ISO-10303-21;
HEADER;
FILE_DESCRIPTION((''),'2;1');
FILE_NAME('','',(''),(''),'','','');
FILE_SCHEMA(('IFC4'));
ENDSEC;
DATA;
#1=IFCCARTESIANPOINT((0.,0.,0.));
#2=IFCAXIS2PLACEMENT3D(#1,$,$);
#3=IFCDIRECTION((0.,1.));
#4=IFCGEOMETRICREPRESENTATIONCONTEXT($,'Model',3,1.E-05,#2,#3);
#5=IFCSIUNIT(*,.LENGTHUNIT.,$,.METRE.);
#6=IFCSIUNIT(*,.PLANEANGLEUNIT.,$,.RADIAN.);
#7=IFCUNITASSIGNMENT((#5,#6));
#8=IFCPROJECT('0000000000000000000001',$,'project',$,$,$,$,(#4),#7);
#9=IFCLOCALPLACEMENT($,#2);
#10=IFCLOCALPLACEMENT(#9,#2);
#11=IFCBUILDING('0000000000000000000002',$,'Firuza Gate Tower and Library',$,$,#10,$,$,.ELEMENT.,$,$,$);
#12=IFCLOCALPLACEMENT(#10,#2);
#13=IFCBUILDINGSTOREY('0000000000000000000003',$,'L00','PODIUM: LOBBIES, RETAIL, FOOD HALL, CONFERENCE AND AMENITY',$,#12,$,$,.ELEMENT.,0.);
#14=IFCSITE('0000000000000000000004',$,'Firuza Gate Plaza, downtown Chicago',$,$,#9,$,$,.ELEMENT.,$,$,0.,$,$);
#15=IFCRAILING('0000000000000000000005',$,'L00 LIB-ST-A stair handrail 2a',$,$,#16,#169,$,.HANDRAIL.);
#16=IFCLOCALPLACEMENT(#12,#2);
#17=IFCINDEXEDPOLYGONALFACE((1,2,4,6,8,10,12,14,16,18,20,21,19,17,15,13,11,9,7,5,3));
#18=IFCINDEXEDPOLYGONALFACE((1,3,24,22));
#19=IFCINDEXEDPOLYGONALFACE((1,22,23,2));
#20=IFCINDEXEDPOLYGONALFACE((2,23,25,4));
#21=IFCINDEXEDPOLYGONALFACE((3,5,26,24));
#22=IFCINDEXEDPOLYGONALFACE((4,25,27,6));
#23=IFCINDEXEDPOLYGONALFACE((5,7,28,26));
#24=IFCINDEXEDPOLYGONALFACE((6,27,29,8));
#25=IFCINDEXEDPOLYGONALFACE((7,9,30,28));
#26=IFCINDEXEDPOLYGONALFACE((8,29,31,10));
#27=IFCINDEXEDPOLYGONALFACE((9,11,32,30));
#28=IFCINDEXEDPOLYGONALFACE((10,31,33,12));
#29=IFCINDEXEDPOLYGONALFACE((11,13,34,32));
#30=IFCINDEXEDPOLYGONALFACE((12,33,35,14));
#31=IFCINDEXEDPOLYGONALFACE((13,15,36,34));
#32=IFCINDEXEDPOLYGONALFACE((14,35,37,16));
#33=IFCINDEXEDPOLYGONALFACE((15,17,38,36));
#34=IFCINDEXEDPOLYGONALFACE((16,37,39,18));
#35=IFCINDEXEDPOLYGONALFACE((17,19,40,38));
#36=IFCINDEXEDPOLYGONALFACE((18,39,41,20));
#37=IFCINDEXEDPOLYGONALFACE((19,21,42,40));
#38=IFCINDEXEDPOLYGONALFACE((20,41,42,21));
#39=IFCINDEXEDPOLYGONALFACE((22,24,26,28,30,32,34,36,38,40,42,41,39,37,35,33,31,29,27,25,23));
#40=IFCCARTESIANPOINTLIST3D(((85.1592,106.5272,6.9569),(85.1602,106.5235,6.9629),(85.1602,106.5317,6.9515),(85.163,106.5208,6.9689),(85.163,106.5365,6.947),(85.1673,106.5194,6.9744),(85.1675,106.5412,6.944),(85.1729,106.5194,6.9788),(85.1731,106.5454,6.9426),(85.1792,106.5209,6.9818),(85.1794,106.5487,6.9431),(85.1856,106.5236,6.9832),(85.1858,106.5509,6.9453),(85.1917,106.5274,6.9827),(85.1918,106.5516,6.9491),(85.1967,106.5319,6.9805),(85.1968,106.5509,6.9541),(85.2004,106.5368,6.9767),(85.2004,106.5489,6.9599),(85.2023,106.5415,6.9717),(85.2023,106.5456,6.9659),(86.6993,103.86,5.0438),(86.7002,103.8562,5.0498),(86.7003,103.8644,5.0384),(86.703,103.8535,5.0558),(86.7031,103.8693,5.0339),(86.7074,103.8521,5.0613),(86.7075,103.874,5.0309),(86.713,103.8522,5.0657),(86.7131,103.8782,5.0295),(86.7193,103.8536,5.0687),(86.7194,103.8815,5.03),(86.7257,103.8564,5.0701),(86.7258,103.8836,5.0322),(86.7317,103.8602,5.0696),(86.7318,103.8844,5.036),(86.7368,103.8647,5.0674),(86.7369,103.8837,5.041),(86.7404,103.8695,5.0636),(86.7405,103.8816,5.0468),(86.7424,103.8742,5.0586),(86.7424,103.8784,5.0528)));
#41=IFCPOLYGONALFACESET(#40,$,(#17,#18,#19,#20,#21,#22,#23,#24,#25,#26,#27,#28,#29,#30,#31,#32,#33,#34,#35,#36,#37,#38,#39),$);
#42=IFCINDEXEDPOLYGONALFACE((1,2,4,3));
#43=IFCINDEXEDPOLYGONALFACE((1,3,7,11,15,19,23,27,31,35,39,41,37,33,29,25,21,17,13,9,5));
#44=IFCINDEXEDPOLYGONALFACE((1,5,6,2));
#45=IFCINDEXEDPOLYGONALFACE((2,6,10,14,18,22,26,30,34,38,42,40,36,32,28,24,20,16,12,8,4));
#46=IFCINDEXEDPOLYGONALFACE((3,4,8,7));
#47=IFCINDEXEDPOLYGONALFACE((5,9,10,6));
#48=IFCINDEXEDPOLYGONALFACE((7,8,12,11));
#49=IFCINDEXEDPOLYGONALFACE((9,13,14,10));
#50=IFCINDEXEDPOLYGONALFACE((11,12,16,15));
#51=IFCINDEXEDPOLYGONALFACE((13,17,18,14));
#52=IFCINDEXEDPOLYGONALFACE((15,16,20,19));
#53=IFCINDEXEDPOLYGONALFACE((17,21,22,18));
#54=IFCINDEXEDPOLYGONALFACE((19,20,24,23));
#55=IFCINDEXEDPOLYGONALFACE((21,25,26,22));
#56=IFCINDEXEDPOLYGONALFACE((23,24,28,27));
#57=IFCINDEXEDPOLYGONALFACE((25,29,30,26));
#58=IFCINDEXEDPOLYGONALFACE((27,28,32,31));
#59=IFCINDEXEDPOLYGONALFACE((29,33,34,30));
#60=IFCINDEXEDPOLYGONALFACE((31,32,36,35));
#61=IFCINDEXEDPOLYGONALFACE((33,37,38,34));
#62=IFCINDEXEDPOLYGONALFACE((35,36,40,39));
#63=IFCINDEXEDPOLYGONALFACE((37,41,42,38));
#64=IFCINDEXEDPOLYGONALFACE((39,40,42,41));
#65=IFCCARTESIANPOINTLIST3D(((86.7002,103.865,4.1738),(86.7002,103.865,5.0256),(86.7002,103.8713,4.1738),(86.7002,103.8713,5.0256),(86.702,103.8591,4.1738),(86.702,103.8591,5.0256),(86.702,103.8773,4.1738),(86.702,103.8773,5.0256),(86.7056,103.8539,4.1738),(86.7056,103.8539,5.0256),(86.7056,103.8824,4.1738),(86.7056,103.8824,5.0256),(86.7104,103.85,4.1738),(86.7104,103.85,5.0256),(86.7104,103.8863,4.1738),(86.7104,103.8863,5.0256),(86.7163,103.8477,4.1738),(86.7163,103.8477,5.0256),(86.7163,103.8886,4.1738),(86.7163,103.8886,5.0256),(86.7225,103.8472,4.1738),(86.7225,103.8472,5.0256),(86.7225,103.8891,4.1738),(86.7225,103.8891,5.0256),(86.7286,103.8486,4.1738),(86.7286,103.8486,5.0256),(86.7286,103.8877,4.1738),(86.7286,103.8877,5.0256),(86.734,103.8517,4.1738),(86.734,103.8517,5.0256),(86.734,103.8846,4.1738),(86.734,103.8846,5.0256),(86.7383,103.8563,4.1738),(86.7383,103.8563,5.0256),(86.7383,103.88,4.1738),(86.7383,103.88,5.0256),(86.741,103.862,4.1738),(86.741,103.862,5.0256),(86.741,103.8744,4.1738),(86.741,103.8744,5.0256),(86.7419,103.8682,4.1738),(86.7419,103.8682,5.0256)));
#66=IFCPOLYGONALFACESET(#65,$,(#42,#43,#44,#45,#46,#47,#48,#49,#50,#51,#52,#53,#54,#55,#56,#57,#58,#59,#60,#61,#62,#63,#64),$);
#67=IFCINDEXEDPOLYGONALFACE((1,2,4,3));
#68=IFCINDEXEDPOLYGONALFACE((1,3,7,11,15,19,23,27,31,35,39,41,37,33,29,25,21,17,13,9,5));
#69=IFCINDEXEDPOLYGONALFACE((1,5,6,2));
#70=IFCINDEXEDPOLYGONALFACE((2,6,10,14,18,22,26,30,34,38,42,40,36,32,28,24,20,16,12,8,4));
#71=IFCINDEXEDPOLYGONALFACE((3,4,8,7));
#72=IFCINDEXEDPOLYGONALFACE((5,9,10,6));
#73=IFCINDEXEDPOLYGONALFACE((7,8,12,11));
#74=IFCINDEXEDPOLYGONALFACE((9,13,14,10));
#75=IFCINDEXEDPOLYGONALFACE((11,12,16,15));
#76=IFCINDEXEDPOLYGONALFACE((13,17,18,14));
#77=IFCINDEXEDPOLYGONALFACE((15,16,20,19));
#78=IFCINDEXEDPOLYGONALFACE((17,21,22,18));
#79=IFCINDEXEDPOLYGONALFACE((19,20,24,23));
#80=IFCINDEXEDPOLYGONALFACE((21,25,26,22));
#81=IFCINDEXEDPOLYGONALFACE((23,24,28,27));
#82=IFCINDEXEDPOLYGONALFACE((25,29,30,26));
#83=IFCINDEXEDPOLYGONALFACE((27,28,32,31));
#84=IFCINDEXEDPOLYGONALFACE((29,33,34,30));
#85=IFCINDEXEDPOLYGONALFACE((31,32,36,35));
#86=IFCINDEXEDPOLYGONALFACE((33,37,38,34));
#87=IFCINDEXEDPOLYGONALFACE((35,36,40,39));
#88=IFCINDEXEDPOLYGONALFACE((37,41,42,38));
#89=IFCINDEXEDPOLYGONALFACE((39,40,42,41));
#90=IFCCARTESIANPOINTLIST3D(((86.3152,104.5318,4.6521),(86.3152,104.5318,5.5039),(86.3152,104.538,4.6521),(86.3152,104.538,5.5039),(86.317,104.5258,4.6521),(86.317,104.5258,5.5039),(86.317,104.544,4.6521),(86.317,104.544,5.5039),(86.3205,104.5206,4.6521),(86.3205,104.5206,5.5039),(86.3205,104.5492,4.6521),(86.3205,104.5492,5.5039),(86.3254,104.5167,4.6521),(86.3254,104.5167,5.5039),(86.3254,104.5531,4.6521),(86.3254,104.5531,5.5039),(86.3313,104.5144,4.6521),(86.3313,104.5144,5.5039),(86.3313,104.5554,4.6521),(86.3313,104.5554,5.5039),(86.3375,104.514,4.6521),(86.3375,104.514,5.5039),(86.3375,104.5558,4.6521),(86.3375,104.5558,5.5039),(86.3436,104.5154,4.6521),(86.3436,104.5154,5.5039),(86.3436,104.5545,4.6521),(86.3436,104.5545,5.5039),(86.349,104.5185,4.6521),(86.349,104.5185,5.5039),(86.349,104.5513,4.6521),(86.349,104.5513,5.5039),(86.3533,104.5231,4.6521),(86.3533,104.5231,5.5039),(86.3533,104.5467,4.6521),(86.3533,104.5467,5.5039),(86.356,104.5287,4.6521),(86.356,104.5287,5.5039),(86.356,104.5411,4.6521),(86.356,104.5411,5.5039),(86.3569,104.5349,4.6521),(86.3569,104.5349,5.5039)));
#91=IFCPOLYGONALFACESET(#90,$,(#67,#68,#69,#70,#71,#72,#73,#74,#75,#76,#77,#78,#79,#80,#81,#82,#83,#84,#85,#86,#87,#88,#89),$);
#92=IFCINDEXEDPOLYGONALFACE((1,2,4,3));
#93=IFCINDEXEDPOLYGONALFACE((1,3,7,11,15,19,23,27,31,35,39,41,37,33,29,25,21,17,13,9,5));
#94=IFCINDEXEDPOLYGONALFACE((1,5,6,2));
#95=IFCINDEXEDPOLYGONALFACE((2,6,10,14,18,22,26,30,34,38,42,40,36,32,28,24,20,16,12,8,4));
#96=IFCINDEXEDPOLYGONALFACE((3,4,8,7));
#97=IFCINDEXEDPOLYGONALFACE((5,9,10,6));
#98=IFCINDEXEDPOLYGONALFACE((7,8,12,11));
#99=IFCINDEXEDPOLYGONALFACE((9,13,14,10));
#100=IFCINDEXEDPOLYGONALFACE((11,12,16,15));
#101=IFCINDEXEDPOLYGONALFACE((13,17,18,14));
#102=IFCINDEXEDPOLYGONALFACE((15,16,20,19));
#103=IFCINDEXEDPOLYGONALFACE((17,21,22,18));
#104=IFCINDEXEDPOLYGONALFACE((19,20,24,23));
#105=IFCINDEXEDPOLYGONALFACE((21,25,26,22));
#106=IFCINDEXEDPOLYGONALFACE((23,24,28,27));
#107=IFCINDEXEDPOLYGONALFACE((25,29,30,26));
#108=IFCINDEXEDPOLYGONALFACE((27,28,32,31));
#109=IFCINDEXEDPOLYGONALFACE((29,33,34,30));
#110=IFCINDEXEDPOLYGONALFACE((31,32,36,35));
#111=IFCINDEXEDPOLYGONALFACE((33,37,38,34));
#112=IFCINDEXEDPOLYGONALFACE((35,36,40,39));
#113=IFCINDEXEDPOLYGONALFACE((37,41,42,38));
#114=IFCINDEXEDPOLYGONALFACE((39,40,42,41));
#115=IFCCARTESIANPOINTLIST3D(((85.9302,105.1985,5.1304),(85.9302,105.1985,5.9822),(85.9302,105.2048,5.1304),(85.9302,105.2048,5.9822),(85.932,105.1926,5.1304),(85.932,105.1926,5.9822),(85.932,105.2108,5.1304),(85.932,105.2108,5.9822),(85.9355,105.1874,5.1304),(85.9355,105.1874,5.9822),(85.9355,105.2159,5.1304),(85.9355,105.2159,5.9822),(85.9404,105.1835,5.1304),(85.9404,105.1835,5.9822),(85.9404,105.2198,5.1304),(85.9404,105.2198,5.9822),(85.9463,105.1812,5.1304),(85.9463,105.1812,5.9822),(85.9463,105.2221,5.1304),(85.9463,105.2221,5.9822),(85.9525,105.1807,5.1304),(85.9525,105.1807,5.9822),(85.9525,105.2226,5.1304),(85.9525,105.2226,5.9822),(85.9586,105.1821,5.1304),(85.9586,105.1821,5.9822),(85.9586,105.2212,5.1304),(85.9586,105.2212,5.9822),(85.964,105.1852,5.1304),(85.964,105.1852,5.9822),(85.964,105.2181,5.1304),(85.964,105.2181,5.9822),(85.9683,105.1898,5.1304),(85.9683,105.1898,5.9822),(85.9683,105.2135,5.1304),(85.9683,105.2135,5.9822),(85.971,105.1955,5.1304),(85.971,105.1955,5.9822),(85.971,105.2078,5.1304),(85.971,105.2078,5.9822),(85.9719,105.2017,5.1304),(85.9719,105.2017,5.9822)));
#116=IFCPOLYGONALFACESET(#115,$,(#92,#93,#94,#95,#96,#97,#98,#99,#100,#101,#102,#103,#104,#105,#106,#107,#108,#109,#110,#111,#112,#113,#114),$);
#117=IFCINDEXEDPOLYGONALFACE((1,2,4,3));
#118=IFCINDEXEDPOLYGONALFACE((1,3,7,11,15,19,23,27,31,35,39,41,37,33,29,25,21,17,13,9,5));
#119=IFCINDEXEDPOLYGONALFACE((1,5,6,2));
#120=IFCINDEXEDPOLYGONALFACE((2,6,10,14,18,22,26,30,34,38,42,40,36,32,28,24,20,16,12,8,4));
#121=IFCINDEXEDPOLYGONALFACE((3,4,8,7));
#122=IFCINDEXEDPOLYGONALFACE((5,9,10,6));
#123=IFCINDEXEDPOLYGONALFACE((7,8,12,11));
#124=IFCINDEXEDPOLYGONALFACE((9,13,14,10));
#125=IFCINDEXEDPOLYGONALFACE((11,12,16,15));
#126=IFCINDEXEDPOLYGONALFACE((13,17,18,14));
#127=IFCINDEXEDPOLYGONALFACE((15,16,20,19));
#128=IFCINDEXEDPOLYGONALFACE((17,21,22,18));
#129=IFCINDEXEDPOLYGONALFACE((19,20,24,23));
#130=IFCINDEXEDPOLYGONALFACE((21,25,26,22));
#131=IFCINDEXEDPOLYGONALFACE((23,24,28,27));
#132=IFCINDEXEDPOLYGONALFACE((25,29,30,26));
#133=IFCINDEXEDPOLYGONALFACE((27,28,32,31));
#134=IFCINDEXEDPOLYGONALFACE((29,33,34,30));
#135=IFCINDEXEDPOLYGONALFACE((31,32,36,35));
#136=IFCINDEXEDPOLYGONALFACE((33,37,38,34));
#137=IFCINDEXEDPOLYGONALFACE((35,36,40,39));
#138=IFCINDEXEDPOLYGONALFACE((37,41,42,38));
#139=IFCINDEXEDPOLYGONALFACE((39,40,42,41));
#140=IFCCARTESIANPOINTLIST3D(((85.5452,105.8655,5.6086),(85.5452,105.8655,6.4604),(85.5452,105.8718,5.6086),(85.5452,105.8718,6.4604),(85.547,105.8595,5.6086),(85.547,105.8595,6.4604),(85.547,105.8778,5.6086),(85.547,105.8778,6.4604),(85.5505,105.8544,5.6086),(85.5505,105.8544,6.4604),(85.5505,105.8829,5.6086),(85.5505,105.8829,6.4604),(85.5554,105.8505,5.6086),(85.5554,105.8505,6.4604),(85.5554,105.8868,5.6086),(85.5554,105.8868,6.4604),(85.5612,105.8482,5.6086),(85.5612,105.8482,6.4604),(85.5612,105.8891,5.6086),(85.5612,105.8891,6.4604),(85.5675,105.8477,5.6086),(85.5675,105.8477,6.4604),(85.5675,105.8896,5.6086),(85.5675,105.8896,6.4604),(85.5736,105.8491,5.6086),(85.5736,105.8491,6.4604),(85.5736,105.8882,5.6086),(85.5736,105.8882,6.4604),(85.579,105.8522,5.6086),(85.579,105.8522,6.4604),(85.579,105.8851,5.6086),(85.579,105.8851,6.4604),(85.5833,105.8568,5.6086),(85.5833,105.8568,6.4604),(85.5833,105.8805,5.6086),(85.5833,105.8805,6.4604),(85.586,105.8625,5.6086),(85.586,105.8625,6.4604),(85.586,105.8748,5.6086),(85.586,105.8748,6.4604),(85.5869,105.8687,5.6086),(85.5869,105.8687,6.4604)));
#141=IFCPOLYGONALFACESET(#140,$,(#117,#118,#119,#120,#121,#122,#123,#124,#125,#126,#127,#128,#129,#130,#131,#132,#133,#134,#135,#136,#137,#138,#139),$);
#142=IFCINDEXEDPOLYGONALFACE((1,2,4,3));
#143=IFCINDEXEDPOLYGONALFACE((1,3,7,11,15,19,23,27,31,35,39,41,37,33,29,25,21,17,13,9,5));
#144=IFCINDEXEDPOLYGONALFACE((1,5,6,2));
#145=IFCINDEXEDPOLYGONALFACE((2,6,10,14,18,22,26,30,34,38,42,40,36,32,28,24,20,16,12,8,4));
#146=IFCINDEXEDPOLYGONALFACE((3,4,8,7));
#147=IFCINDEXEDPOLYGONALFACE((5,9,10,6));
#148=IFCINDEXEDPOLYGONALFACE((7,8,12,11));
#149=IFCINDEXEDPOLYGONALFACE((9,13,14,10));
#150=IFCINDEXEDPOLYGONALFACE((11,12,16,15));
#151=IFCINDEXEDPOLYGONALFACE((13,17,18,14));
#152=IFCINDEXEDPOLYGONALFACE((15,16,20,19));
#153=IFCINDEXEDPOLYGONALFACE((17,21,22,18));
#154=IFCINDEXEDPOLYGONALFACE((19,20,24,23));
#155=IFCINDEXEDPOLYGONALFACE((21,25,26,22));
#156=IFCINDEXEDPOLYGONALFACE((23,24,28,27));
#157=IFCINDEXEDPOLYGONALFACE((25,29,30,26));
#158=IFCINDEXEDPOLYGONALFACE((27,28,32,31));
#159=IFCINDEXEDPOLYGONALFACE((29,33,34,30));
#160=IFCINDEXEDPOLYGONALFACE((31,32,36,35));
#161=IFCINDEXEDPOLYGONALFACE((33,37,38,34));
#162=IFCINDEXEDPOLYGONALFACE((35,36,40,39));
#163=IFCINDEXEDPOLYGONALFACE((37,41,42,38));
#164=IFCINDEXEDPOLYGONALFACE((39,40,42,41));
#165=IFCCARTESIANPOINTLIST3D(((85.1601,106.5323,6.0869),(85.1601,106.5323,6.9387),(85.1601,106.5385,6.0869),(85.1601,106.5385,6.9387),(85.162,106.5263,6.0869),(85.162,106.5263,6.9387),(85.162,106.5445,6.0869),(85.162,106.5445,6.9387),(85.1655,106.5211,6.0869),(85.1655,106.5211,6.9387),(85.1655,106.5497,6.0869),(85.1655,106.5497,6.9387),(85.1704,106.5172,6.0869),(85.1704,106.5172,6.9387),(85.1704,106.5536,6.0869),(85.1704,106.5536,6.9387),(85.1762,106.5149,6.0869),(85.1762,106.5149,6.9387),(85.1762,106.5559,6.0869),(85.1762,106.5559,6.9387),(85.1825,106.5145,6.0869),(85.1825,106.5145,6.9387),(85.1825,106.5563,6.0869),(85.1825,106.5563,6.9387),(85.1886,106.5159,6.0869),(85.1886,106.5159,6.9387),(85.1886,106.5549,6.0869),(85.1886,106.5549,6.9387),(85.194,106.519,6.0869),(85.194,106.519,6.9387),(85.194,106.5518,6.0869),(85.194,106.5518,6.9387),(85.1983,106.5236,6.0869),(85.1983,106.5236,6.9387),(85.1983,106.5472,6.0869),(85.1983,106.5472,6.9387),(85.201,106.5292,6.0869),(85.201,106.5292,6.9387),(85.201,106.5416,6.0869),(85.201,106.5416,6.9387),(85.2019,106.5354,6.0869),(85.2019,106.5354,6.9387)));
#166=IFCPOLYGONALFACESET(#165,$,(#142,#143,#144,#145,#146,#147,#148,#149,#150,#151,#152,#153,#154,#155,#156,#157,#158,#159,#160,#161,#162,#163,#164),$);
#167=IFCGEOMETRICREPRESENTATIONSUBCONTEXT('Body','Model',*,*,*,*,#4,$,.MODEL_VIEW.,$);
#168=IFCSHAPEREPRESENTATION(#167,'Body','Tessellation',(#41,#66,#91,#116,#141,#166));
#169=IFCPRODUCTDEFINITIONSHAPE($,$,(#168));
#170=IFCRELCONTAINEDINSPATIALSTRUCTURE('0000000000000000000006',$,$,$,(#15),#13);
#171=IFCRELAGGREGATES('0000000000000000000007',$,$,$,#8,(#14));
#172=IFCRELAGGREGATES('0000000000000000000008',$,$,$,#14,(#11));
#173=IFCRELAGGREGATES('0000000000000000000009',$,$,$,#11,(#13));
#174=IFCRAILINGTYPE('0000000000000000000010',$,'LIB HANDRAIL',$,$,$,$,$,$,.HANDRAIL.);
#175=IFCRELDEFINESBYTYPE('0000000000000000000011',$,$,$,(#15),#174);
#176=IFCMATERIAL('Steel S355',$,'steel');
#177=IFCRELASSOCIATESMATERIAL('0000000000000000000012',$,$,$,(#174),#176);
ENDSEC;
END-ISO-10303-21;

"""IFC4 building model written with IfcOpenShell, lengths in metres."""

from ifc_helpers import new_model, si_unit, direction, frame, origin, origin_2d, place, context, subcontext, project, spatial, circle, extrude, material, type_object, element, save


model = new_model("IFC4")

# Units and contexts
model_context = context("Model", 3, precision=1e-05, world=origin(), true_north=direction((0.0, 1.0)))
body_context = subcontext(model_context, "Body", "Model", "MODEL_VIEW")
ifc_project = project(units=[si_unit("LENGTHUNIT", "METRE"), si_unit("PLANEANGLEUNIT", "RADIAN")], contexts=[model_context])

# Site, building, storey
site_placement = place(None, origin())
site = spatial("IfcSite", under=ifc_project, at=site_placement, Name="Firuza Gate Plaza, downtown Chicago", CompositionType="ELEMENT", RefElevation=0.0)
building_placement = place(site_placement, origin())
building = spatial("IfcBuilding", under=site, at=building_placement, Name="Firuza Gate Tower and Library", CompositionType="ELEMENT")
storey_placement = place(building_placement, origin())
storey = spatial("IfcBuildingStorey", under=building, at=storey_placement, Name="L00", Description="PODIUM: LOBBIES, RETAIL, FOOD HALL, CONFERENCE AND AMENITY", CompositionType="ELEMENT", Elevation=0.0)

# Railing
ifc_material_1 = material(Name="Steel S355", Category="steel")
railing_type_1 = type_object("IfcRailingType", Name="LIB HANDRAIL", PredefinedType="HANDRAIL", material=ifc_material_1)
railing_1_placement = place(storey_placement, frame((86.7209, 103.8682, 4.1738)))
element("IfcRailing", 1, at=railing_1_placement, inside=storey, type_object=railing_type_1, Name="L00 LIB-ST-A stair handrail 2a", PredefinedType="HANDRAIL", context=body_context, shape_type="SweptSolid", body=[
    extrude(circle(Radius=0.0239, at=origin_2d()), frame((0.0, 0.0, 0.876), z_axis=(-0.424755, 0.735645, 0.527645), x_axis=(-0.86601, -0.500027, 0.0)), (0.0, 0.0, 1.0), 3.6257),
    extrude(circle(Radius=0.021, at=origin_2d()), origin(), (0.0, 0.0, 1.0), 0.8518),
    extrude(circle(Radius=0.021, at=origin_2d()), frame((-0.385, 0.6667, 0.4783)), (0.0, 0.0, 1.0), 0.8518),
    extrude(circle(Radius=0.021, at=origin_2d()), frame((-0.77, 1.3335, 0.9565)), (0.0, 0.0, 1.0), 0.8518),
    extrude(circle(Radius=0.021, at=origin_2d()), frame((-1.155, 2.0005, 1.4348)), (0.0, 0.0, 1.0), 0.8518),
    extrude(circle(Radius=0.021, at=origin_2d()), frame((-1.54, 2.6672, 1.9131)), (0.0, 0.0, 1.0), 0.8518),
])

save(model, "model.ifc")
